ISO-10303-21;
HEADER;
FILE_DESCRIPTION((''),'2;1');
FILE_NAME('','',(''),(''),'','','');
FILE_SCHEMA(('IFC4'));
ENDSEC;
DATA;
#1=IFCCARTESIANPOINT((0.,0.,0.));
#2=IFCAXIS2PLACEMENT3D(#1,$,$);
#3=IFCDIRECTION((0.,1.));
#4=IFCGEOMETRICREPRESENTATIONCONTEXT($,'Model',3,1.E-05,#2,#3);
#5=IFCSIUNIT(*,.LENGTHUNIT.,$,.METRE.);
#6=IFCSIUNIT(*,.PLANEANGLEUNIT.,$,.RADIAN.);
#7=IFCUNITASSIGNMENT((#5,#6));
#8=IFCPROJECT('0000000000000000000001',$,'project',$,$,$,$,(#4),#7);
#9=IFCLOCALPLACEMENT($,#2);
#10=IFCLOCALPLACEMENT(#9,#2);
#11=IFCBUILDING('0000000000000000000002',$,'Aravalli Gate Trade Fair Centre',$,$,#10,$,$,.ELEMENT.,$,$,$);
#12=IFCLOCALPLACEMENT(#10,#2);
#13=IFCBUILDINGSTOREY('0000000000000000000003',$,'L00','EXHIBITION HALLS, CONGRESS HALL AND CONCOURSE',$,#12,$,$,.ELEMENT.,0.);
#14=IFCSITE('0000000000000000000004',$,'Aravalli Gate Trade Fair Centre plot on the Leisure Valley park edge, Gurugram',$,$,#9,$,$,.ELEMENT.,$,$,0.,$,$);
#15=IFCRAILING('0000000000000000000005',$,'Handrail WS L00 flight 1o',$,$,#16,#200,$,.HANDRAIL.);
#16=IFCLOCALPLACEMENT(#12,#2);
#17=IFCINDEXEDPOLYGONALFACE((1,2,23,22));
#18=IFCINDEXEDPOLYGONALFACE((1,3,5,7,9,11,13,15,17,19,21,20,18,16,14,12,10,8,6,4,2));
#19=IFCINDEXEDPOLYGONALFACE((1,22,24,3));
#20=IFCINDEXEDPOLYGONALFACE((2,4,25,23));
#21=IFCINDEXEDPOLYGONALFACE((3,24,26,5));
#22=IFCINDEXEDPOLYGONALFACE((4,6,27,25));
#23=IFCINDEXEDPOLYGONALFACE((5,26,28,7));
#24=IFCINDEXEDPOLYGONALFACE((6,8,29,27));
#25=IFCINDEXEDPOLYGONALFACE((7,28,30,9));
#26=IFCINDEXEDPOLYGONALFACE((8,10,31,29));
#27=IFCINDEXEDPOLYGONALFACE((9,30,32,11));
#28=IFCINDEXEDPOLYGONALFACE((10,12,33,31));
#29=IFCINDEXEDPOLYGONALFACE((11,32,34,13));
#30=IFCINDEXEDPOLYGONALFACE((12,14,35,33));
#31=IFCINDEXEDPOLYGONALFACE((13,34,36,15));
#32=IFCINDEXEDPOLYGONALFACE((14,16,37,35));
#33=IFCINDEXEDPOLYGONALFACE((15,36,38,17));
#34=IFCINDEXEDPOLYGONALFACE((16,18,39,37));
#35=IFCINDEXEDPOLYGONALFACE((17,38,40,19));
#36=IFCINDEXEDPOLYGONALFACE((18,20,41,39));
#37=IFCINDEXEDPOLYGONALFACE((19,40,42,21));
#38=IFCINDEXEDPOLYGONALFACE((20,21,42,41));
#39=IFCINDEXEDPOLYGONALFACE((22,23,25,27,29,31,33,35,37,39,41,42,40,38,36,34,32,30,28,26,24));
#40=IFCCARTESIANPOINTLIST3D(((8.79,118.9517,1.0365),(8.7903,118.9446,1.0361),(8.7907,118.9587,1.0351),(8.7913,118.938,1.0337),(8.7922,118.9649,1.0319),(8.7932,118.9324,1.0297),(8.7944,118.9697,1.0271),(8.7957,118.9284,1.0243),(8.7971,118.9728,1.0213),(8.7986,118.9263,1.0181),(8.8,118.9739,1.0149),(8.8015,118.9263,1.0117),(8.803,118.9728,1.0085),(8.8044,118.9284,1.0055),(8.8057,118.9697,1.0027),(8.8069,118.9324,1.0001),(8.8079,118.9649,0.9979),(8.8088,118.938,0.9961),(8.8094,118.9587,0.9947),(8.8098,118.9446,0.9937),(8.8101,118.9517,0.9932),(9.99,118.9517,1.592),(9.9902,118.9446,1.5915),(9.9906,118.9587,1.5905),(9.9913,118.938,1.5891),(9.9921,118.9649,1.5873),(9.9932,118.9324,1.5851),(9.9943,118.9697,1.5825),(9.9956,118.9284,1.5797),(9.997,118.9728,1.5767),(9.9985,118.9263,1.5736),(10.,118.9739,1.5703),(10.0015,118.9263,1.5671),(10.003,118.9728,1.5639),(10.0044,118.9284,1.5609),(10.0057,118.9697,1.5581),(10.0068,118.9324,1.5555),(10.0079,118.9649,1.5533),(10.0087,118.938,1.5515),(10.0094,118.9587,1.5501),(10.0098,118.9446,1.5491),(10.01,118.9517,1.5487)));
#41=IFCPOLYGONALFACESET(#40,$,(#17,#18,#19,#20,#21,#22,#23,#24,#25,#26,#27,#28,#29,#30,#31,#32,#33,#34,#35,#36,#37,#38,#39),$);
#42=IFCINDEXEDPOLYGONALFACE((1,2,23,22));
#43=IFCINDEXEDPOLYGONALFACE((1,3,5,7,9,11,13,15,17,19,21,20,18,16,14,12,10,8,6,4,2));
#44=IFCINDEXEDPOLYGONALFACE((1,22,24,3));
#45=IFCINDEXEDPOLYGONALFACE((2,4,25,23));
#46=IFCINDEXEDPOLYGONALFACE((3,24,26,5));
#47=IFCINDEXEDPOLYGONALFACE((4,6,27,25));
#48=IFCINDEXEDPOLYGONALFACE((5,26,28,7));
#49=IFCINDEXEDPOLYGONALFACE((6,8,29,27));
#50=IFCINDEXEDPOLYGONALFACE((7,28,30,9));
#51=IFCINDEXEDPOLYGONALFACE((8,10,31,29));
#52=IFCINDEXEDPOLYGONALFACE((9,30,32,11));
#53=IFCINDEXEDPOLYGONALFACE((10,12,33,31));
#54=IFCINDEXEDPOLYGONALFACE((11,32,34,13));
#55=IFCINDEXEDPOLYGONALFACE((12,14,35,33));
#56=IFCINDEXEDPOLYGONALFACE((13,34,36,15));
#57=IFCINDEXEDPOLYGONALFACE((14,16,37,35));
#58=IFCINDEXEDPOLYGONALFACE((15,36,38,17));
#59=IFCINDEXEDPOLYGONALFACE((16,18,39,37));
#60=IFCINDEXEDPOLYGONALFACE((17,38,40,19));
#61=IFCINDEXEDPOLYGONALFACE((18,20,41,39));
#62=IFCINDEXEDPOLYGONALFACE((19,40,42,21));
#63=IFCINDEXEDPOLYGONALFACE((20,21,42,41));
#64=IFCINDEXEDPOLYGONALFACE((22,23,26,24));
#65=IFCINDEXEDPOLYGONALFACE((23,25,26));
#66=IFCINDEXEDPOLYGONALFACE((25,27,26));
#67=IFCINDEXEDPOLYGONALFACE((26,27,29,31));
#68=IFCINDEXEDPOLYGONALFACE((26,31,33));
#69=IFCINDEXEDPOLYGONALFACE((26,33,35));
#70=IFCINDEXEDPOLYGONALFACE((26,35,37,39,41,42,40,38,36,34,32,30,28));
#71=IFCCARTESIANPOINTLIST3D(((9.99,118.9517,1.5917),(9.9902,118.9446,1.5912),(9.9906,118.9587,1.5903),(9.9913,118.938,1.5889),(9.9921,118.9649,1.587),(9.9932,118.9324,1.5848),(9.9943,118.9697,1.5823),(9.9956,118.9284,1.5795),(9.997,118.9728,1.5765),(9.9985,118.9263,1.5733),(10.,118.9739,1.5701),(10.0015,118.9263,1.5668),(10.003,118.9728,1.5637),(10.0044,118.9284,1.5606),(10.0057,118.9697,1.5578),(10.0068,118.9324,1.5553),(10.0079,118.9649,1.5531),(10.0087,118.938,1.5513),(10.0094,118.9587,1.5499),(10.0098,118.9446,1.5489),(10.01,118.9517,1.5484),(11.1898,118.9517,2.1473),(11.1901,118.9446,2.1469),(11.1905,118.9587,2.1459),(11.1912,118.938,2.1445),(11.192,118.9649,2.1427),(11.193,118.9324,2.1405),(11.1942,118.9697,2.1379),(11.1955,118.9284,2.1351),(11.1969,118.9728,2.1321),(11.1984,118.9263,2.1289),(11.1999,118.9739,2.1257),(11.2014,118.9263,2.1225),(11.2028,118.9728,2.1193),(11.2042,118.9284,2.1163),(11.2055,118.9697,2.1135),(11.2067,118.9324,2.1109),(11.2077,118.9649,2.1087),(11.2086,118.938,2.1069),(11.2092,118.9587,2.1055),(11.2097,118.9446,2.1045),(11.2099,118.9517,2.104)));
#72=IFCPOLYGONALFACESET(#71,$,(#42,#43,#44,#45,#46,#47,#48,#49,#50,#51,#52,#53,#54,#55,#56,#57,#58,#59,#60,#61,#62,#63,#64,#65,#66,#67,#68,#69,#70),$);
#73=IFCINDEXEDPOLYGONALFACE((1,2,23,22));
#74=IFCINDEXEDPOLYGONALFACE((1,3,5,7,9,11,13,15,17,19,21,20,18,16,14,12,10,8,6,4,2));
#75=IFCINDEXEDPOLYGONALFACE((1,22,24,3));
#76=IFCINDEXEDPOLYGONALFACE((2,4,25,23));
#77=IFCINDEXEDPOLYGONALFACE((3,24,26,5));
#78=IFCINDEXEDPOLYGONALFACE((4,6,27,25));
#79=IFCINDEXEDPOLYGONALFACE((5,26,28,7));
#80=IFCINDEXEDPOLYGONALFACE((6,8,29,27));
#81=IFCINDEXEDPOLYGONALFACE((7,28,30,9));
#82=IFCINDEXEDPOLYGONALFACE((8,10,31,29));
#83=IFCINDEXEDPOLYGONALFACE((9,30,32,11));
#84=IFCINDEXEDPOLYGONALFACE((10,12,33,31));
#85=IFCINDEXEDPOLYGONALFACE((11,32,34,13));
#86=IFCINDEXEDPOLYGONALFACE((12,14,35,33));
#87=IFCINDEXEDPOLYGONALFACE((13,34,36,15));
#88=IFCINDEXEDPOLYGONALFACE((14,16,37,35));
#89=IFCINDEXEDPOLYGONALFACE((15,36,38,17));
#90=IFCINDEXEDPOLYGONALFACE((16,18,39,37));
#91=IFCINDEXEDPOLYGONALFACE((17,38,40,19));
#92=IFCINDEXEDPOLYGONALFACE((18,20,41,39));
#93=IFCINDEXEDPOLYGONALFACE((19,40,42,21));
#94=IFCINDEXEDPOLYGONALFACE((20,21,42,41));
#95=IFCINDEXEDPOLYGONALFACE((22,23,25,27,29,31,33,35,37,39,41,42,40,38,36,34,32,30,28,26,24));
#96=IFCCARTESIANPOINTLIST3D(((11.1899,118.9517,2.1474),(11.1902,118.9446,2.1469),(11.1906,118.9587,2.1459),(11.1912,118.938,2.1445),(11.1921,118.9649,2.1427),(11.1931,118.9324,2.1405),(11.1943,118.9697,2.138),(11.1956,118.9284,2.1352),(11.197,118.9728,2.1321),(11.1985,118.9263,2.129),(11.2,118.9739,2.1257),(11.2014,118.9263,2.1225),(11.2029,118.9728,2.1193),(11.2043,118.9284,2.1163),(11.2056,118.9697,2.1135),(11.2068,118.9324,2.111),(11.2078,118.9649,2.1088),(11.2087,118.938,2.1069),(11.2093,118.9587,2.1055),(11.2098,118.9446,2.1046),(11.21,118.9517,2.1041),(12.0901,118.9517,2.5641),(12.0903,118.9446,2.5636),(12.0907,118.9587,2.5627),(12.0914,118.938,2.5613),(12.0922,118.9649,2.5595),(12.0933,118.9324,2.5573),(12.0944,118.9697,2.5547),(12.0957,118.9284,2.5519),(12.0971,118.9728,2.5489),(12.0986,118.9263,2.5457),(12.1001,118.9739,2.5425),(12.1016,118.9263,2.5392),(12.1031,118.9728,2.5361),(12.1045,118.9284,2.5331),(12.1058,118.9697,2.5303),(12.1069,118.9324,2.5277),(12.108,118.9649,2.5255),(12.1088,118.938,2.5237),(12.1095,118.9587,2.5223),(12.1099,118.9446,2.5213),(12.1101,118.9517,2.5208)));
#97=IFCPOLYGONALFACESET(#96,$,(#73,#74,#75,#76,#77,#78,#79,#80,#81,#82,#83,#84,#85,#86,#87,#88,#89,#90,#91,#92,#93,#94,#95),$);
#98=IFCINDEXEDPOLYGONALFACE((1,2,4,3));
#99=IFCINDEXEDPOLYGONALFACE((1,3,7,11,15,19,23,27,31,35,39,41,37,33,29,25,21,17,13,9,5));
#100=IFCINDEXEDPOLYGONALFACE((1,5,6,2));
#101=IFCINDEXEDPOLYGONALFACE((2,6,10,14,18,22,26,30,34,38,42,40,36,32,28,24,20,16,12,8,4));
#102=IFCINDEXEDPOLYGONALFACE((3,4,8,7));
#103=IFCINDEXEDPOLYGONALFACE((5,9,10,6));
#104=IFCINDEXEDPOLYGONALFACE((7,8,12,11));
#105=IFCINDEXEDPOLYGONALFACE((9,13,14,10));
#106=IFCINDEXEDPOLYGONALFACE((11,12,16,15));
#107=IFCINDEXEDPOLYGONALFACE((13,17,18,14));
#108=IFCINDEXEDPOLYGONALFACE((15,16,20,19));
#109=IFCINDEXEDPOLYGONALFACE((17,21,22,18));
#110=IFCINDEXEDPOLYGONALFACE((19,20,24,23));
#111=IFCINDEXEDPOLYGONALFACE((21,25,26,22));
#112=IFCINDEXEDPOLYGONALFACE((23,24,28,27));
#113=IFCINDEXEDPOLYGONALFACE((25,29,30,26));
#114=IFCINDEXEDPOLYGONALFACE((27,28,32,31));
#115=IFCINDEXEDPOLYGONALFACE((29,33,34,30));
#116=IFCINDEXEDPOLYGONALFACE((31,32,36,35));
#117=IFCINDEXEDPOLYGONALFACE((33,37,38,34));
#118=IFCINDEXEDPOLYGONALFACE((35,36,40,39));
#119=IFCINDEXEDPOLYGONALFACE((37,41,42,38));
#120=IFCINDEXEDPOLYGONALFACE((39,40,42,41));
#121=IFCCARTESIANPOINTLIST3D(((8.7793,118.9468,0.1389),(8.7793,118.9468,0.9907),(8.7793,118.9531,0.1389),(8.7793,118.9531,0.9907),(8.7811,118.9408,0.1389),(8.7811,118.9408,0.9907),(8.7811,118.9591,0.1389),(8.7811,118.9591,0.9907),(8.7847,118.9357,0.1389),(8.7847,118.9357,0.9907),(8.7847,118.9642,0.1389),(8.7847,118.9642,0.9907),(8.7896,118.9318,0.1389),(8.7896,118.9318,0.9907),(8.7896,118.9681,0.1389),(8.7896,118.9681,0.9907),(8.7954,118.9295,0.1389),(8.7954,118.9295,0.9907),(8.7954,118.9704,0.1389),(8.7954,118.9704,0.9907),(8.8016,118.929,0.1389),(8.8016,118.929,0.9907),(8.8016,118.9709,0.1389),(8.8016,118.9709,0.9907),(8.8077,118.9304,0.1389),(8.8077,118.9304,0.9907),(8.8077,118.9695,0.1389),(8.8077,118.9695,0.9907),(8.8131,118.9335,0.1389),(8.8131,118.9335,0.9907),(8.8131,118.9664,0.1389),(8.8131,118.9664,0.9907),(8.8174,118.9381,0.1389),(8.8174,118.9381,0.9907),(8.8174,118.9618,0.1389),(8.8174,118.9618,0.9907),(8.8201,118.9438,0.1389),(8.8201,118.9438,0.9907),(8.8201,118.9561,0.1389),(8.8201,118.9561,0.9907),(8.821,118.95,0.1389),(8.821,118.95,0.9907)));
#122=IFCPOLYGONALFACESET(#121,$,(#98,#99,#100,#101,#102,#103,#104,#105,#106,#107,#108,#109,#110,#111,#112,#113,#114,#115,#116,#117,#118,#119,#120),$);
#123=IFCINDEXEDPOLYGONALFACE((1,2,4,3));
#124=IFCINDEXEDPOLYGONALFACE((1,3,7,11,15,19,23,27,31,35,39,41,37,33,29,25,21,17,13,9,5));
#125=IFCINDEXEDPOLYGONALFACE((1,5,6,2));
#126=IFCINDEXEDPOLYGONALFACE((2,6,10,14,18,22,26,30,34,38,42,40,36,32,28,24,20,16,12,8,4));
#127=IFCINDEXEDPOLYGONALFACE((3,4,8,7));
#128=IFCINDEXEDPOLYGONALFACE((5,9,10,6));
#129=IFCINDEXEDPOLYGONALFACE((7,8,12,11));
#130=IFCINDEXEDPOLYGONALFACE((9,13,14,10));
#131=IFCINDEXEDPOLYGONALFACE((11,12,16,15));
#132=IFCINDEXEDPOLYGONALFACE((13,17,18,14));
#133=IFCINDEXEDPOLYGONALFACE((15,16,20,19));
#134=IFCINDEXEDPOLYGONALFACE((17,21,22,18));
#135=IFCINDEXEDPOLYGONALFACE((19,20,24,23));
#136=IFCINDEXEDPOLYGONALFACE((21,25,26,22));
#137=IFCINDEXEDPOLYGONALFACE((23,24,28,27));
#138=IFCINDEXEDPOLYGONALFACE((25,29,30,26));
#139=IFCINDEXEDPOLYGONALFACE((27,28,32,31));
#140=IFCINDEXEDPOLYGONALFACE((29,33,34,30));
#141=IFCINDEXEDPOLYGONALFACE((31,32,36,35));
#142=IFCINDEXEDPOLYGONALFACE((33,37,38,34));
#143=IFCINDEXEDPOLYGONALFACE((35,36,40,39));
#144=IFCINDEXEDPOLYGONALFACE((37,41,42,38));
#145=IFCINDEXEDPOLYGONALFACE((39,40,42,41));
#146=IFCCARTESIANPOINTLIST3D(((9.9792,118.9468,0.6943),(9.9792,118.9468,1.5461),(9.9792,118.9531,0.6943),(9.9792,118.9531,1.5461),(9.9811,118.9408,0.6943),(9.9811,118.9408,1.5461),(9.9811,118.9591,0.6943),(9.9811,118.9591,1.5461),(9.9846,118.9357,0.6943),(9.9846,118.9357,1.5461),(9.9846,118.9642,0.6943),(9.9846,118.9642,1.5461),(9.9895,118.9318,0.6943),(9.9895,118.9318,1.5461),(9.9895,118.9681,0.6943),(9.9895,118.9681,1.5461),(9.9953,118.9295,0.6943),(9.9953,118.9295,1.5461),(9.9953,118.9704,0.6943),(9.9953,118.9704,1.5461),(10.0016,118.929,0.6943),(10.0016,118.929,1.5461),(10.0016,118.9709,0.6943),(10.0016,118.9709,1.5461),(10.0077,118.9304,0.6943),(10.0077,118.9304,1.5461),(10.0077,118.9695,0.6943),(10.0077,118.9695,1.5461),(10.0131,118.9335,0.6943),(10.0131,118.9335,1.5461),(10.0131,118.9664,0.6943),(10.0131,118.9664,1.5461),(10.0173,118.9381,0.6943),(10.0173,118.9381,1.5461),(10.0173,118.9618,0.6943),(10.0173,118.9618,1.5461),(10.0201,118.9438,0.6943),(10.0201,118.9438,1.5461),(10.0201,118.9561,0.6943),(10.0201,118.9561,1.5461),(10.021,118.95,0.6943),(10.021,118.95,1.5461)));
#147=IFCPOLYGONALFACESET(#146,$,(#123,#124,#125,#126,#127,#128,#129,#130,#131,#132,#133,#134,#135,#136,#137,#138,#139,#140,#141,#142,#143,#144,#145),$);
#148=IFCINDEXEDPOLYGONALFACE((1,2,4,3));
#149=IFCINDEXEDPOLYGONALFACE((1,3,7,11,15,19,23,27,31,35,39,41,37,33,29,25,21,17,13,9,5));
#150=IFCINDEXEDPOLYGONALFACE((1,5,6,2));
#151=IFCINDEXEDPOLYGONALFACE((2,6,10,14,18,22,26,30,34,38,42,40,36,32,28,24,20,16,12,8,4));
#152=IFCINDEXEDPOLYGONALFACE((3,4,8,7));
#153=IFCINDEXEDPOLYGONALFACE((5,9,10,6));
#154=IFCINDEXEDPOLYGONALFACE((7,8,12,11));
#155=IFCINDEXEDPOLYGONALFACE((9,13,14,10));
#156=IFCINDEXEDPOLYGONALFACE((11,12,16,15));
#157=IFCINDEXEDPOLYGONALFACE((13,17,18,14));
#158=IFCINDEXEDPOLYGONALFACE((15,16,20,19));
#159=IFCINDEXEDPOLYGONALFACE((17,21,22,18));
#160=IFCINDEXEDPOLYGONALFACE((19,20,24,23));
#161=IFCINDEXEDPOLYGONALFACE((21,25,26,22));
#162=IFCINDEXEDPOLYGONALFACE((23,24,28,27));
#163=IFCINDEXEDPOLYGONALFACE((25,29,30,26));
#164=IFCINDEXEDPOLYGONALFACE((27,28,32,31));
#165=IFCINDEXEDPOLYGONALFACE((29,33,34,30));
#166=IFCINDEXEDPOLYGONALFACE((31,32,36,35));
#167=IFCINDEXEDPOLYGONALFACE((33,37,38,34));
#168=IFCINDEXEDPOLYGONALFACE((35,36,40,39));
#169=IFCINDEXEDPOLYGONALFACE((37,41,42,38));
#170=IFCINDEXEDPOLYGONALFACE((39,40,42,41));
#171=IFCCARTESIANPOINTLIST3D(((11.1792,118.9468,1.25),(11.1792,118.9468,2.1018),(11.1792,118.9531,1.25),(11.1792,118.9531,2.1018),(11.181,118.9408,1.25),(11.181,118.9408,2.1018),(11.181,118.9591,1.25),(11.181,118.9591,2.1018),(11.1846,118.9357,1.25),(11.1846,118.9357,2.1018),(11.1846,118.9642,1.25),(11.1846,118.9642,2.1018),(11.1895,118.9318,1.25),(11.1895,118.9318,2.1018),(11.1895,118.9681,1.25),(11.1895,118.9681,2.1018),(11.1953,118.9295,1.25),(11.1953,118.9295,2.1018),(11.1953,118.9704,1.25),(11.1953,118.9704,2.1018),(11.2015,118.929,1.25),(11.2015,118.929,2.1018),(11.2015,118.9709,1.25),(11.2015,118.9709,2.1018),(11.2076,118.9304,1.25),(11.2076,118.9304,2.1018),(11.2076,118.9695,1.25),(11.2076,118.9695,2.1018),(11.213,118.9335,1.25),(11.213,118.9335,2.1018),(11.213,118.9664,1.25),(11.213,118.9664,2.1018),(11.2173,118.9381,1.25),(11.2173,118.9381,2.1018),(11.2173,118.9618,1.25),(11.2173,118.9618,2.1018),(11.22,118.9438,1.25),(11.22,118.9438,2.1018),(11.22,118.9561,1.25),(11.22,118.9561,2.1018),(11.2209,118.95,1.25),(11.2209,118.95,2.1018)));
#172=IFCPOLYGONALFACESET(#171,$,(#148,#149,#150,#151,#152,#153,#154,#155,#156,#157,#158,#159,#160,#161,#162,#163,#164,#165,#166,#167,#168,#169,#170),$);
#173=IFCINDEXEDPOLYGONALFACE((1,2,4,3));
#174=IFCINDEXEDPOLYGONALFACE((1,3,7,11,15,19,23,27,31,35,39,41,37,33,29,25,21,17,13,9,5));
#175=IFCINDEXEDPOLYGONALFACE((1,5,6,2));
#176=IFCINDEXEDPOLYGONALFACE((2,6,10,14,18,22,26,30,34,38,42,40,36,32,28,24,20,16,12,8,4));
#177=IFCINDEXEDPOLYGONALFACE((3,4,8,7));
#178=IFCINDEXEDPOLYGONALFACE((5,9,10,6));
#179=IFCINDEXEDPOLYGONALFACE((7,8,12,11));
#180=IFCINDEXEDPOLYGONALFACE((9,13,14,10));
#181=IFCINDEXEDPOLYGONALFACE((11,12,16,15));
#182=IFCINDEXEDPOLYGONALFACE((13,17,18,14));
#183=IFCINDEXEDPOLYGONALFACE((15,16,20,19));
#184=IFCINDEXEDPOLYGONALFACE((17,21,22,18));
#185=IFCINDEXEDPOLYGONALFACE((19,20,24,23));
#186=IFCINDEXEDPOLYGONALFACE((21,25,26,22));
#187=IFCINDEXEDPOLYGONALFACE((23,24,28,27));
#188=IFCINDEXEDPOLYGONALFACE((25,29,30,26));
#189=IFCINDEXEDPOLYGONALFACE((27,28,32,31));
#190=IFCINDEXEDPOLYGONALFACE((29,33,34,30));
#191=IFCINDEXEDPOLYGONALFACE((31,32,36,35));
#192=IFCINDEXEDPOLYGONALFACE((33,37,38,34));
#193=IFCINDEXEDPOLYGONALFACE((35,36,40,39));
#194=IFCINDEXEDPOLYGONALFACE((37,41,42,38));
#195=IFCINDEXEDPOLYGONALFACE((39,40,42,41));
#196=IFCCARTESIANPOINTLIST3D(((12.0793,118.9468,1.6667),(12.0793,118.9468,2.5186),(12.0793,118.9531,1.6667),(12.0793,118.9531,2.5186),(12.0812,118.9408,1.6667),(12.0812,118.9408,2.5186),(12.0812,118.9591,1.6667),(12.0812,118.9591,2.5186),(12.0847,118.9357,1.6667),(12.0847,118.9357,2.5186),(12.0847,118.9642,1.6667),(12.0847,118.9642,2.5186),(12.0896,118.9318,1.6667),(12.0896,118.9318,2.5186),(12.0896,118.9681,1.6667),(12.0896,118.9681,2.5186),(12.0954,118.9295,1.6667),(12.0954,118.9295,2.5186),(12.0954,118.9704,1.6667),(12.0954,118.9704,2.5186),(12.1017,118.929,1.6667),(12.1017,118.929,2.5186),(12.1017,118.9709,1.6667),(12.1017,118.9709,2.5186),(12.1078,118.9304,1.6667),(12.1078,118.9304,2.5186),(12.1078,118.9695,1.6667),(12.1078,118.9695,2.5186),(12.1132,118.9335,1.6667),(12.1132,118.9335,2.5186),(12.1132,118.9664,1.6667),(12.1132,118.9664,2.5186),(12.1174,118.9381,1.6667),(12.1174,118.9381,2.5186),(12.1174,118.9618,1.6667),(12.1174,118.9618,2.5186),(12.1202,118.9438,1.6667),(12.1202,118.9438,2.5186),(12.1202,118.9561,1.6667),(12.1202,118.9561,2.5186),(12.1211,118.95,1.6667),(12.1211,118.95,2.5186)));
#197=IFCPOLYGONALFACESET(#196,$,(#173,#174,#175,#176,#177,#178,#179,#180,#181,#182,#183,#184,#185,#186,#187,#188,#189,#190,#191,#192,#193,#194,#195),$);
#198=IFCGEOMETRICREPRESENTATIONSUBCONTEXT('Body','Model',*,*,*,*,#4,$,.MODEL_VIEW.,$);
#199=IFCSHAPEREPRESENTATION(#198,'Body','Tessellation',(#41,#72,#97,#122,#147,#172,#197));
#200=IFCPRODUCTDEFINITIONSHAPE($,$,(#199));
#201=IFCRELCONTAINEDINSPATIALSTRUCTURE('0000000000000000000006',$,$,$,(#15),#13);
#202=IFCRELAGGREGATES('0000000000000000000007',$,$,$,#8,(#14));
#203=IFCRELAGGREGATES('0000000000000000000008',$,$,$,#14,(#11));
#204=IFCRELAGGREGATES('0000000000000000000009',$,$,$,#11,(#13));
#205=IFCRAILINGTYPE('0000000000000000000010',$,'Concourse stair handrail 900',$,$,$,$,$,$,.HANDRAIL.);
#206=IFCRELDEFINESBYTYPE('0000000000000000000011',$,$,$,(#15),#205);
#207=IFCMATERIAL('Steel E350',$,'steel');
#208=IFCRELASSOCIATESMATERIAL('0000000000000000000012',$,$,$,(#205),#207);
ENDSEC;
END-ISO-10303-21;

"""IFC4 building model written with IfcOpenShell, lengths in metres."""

from ifc_helpers import new_model, si_unit, direction, frame, origin, origin_2d, place, context, subcontext, project, spatial, circle, extrude, material, type_object, element, save


model = new_model("IFC4")

# Units and contexts
model_context = context("Model", 3, precision=1e-05, world=origin(), true_north=direction((0.0, 1.0)))
body_context = subcontext(model_context, "Body", "Model", "MODEL_VIEW")
ifc_project = project(units=[si_unit("LENGTHUNIT", "METRE"), si_unit("PLANEANGLEUNIT", "RADIAN")], contexts=[model_context])

# Site, building, storey
site_placement = place(None, origin())
site = spatial("IfcSite", under=ifc_project, at=site_placement, Name="Aravalli Gate Trade Fair Centre plot on the Leisure Valley park edge, Gurugram", CompositionType="ELEMENT", RefElevation=0.0)
building_placement = place(site_placement, origin())
building = spatial("IfcBuilding", under=site, at=building_placement, Name="Aravalli Gate Trade Fair Centre", CompositionType="ELEMENT")
storey_placement = place(building_placement, origin())
storey = spatial("IfcBuildingStorey", under=building, at=storey_placement, Name="L00", Description="EXHIBITION HALLS, CONGRESS HALL AND CONCOURSE", CompositionType="ELEMENT", Elevation=0.0)

# Shared definitions
ifc_material_1 = material(Name="Steel E350", Category="steel")

# Railing
railing_type = type_object("IfcRailingType", Name="Concourse stair handrail 900", PredefinedType="HANDRAIL", material=ifc_material_1)
for number, where, name in (
    (1, (8.8, 118.95, 0.1389), "Handrail WS L00 flight 1o"),
):
    element("IfcRailing", number, at=place(storey_placement, frame(where)), inside=storey, type_object=railing_type, Name=name, PredefinedType="HANDRAIL", context=body_context, shape_type="SweptSolid", body=[
        extrude(circle(Radius=0.0239, at=origin_2d()), frame((0.0, 0.0, 0.876), z_axis=(0.907499, 0.0, 0.420053), x_axis=(0.0, 1.0, 0.0)), (0.0, 0.0, 1.0), 1.3223),
        extrude(circle(Radius=0.0239, at=origin_2d()), frame((1.2, 0.0, 1.4312), z_axis=(0.907429, 0.0, 0.420205), x_axis=(0.0, 1.0, 0.0)), (0.0, 0.0, 1.0), 1.3223),
        extrude(circle(Radius=0.0239, at=origin_2d()), frame((2.3999, 0.0, 1.9868), z_axis=(0.907462, 0.0, 0.420135), x_axis=(0.0, 1.0, 0.0)), (0.0, 0.0, 1.0), 0.9919),
        extrude(circle(Radius=0.021, at=origin_2d()), origin(), (0.0, 0.0, 1.0), 0.8518),
        extrude(circle(Radius=0.021, at=origin_2d()), frame((1.2, 0.0, 0.5554)), (0.0, 0.0, 1.0), 0.8518),
        extrude(circle(Radius=0.021, at=origin_2d()), frame((2.3999, 0.0, 1.1111)), (0.0, 0.0, 1.0), 0.8518),
        extrude(circle(Radius=0.021, at=origin_2d()), frame((3.3, 0.0, 1.5278)), (0.0, 0.0, 1.0), 0.8518),
    ])

save(model, "model.ifc")
